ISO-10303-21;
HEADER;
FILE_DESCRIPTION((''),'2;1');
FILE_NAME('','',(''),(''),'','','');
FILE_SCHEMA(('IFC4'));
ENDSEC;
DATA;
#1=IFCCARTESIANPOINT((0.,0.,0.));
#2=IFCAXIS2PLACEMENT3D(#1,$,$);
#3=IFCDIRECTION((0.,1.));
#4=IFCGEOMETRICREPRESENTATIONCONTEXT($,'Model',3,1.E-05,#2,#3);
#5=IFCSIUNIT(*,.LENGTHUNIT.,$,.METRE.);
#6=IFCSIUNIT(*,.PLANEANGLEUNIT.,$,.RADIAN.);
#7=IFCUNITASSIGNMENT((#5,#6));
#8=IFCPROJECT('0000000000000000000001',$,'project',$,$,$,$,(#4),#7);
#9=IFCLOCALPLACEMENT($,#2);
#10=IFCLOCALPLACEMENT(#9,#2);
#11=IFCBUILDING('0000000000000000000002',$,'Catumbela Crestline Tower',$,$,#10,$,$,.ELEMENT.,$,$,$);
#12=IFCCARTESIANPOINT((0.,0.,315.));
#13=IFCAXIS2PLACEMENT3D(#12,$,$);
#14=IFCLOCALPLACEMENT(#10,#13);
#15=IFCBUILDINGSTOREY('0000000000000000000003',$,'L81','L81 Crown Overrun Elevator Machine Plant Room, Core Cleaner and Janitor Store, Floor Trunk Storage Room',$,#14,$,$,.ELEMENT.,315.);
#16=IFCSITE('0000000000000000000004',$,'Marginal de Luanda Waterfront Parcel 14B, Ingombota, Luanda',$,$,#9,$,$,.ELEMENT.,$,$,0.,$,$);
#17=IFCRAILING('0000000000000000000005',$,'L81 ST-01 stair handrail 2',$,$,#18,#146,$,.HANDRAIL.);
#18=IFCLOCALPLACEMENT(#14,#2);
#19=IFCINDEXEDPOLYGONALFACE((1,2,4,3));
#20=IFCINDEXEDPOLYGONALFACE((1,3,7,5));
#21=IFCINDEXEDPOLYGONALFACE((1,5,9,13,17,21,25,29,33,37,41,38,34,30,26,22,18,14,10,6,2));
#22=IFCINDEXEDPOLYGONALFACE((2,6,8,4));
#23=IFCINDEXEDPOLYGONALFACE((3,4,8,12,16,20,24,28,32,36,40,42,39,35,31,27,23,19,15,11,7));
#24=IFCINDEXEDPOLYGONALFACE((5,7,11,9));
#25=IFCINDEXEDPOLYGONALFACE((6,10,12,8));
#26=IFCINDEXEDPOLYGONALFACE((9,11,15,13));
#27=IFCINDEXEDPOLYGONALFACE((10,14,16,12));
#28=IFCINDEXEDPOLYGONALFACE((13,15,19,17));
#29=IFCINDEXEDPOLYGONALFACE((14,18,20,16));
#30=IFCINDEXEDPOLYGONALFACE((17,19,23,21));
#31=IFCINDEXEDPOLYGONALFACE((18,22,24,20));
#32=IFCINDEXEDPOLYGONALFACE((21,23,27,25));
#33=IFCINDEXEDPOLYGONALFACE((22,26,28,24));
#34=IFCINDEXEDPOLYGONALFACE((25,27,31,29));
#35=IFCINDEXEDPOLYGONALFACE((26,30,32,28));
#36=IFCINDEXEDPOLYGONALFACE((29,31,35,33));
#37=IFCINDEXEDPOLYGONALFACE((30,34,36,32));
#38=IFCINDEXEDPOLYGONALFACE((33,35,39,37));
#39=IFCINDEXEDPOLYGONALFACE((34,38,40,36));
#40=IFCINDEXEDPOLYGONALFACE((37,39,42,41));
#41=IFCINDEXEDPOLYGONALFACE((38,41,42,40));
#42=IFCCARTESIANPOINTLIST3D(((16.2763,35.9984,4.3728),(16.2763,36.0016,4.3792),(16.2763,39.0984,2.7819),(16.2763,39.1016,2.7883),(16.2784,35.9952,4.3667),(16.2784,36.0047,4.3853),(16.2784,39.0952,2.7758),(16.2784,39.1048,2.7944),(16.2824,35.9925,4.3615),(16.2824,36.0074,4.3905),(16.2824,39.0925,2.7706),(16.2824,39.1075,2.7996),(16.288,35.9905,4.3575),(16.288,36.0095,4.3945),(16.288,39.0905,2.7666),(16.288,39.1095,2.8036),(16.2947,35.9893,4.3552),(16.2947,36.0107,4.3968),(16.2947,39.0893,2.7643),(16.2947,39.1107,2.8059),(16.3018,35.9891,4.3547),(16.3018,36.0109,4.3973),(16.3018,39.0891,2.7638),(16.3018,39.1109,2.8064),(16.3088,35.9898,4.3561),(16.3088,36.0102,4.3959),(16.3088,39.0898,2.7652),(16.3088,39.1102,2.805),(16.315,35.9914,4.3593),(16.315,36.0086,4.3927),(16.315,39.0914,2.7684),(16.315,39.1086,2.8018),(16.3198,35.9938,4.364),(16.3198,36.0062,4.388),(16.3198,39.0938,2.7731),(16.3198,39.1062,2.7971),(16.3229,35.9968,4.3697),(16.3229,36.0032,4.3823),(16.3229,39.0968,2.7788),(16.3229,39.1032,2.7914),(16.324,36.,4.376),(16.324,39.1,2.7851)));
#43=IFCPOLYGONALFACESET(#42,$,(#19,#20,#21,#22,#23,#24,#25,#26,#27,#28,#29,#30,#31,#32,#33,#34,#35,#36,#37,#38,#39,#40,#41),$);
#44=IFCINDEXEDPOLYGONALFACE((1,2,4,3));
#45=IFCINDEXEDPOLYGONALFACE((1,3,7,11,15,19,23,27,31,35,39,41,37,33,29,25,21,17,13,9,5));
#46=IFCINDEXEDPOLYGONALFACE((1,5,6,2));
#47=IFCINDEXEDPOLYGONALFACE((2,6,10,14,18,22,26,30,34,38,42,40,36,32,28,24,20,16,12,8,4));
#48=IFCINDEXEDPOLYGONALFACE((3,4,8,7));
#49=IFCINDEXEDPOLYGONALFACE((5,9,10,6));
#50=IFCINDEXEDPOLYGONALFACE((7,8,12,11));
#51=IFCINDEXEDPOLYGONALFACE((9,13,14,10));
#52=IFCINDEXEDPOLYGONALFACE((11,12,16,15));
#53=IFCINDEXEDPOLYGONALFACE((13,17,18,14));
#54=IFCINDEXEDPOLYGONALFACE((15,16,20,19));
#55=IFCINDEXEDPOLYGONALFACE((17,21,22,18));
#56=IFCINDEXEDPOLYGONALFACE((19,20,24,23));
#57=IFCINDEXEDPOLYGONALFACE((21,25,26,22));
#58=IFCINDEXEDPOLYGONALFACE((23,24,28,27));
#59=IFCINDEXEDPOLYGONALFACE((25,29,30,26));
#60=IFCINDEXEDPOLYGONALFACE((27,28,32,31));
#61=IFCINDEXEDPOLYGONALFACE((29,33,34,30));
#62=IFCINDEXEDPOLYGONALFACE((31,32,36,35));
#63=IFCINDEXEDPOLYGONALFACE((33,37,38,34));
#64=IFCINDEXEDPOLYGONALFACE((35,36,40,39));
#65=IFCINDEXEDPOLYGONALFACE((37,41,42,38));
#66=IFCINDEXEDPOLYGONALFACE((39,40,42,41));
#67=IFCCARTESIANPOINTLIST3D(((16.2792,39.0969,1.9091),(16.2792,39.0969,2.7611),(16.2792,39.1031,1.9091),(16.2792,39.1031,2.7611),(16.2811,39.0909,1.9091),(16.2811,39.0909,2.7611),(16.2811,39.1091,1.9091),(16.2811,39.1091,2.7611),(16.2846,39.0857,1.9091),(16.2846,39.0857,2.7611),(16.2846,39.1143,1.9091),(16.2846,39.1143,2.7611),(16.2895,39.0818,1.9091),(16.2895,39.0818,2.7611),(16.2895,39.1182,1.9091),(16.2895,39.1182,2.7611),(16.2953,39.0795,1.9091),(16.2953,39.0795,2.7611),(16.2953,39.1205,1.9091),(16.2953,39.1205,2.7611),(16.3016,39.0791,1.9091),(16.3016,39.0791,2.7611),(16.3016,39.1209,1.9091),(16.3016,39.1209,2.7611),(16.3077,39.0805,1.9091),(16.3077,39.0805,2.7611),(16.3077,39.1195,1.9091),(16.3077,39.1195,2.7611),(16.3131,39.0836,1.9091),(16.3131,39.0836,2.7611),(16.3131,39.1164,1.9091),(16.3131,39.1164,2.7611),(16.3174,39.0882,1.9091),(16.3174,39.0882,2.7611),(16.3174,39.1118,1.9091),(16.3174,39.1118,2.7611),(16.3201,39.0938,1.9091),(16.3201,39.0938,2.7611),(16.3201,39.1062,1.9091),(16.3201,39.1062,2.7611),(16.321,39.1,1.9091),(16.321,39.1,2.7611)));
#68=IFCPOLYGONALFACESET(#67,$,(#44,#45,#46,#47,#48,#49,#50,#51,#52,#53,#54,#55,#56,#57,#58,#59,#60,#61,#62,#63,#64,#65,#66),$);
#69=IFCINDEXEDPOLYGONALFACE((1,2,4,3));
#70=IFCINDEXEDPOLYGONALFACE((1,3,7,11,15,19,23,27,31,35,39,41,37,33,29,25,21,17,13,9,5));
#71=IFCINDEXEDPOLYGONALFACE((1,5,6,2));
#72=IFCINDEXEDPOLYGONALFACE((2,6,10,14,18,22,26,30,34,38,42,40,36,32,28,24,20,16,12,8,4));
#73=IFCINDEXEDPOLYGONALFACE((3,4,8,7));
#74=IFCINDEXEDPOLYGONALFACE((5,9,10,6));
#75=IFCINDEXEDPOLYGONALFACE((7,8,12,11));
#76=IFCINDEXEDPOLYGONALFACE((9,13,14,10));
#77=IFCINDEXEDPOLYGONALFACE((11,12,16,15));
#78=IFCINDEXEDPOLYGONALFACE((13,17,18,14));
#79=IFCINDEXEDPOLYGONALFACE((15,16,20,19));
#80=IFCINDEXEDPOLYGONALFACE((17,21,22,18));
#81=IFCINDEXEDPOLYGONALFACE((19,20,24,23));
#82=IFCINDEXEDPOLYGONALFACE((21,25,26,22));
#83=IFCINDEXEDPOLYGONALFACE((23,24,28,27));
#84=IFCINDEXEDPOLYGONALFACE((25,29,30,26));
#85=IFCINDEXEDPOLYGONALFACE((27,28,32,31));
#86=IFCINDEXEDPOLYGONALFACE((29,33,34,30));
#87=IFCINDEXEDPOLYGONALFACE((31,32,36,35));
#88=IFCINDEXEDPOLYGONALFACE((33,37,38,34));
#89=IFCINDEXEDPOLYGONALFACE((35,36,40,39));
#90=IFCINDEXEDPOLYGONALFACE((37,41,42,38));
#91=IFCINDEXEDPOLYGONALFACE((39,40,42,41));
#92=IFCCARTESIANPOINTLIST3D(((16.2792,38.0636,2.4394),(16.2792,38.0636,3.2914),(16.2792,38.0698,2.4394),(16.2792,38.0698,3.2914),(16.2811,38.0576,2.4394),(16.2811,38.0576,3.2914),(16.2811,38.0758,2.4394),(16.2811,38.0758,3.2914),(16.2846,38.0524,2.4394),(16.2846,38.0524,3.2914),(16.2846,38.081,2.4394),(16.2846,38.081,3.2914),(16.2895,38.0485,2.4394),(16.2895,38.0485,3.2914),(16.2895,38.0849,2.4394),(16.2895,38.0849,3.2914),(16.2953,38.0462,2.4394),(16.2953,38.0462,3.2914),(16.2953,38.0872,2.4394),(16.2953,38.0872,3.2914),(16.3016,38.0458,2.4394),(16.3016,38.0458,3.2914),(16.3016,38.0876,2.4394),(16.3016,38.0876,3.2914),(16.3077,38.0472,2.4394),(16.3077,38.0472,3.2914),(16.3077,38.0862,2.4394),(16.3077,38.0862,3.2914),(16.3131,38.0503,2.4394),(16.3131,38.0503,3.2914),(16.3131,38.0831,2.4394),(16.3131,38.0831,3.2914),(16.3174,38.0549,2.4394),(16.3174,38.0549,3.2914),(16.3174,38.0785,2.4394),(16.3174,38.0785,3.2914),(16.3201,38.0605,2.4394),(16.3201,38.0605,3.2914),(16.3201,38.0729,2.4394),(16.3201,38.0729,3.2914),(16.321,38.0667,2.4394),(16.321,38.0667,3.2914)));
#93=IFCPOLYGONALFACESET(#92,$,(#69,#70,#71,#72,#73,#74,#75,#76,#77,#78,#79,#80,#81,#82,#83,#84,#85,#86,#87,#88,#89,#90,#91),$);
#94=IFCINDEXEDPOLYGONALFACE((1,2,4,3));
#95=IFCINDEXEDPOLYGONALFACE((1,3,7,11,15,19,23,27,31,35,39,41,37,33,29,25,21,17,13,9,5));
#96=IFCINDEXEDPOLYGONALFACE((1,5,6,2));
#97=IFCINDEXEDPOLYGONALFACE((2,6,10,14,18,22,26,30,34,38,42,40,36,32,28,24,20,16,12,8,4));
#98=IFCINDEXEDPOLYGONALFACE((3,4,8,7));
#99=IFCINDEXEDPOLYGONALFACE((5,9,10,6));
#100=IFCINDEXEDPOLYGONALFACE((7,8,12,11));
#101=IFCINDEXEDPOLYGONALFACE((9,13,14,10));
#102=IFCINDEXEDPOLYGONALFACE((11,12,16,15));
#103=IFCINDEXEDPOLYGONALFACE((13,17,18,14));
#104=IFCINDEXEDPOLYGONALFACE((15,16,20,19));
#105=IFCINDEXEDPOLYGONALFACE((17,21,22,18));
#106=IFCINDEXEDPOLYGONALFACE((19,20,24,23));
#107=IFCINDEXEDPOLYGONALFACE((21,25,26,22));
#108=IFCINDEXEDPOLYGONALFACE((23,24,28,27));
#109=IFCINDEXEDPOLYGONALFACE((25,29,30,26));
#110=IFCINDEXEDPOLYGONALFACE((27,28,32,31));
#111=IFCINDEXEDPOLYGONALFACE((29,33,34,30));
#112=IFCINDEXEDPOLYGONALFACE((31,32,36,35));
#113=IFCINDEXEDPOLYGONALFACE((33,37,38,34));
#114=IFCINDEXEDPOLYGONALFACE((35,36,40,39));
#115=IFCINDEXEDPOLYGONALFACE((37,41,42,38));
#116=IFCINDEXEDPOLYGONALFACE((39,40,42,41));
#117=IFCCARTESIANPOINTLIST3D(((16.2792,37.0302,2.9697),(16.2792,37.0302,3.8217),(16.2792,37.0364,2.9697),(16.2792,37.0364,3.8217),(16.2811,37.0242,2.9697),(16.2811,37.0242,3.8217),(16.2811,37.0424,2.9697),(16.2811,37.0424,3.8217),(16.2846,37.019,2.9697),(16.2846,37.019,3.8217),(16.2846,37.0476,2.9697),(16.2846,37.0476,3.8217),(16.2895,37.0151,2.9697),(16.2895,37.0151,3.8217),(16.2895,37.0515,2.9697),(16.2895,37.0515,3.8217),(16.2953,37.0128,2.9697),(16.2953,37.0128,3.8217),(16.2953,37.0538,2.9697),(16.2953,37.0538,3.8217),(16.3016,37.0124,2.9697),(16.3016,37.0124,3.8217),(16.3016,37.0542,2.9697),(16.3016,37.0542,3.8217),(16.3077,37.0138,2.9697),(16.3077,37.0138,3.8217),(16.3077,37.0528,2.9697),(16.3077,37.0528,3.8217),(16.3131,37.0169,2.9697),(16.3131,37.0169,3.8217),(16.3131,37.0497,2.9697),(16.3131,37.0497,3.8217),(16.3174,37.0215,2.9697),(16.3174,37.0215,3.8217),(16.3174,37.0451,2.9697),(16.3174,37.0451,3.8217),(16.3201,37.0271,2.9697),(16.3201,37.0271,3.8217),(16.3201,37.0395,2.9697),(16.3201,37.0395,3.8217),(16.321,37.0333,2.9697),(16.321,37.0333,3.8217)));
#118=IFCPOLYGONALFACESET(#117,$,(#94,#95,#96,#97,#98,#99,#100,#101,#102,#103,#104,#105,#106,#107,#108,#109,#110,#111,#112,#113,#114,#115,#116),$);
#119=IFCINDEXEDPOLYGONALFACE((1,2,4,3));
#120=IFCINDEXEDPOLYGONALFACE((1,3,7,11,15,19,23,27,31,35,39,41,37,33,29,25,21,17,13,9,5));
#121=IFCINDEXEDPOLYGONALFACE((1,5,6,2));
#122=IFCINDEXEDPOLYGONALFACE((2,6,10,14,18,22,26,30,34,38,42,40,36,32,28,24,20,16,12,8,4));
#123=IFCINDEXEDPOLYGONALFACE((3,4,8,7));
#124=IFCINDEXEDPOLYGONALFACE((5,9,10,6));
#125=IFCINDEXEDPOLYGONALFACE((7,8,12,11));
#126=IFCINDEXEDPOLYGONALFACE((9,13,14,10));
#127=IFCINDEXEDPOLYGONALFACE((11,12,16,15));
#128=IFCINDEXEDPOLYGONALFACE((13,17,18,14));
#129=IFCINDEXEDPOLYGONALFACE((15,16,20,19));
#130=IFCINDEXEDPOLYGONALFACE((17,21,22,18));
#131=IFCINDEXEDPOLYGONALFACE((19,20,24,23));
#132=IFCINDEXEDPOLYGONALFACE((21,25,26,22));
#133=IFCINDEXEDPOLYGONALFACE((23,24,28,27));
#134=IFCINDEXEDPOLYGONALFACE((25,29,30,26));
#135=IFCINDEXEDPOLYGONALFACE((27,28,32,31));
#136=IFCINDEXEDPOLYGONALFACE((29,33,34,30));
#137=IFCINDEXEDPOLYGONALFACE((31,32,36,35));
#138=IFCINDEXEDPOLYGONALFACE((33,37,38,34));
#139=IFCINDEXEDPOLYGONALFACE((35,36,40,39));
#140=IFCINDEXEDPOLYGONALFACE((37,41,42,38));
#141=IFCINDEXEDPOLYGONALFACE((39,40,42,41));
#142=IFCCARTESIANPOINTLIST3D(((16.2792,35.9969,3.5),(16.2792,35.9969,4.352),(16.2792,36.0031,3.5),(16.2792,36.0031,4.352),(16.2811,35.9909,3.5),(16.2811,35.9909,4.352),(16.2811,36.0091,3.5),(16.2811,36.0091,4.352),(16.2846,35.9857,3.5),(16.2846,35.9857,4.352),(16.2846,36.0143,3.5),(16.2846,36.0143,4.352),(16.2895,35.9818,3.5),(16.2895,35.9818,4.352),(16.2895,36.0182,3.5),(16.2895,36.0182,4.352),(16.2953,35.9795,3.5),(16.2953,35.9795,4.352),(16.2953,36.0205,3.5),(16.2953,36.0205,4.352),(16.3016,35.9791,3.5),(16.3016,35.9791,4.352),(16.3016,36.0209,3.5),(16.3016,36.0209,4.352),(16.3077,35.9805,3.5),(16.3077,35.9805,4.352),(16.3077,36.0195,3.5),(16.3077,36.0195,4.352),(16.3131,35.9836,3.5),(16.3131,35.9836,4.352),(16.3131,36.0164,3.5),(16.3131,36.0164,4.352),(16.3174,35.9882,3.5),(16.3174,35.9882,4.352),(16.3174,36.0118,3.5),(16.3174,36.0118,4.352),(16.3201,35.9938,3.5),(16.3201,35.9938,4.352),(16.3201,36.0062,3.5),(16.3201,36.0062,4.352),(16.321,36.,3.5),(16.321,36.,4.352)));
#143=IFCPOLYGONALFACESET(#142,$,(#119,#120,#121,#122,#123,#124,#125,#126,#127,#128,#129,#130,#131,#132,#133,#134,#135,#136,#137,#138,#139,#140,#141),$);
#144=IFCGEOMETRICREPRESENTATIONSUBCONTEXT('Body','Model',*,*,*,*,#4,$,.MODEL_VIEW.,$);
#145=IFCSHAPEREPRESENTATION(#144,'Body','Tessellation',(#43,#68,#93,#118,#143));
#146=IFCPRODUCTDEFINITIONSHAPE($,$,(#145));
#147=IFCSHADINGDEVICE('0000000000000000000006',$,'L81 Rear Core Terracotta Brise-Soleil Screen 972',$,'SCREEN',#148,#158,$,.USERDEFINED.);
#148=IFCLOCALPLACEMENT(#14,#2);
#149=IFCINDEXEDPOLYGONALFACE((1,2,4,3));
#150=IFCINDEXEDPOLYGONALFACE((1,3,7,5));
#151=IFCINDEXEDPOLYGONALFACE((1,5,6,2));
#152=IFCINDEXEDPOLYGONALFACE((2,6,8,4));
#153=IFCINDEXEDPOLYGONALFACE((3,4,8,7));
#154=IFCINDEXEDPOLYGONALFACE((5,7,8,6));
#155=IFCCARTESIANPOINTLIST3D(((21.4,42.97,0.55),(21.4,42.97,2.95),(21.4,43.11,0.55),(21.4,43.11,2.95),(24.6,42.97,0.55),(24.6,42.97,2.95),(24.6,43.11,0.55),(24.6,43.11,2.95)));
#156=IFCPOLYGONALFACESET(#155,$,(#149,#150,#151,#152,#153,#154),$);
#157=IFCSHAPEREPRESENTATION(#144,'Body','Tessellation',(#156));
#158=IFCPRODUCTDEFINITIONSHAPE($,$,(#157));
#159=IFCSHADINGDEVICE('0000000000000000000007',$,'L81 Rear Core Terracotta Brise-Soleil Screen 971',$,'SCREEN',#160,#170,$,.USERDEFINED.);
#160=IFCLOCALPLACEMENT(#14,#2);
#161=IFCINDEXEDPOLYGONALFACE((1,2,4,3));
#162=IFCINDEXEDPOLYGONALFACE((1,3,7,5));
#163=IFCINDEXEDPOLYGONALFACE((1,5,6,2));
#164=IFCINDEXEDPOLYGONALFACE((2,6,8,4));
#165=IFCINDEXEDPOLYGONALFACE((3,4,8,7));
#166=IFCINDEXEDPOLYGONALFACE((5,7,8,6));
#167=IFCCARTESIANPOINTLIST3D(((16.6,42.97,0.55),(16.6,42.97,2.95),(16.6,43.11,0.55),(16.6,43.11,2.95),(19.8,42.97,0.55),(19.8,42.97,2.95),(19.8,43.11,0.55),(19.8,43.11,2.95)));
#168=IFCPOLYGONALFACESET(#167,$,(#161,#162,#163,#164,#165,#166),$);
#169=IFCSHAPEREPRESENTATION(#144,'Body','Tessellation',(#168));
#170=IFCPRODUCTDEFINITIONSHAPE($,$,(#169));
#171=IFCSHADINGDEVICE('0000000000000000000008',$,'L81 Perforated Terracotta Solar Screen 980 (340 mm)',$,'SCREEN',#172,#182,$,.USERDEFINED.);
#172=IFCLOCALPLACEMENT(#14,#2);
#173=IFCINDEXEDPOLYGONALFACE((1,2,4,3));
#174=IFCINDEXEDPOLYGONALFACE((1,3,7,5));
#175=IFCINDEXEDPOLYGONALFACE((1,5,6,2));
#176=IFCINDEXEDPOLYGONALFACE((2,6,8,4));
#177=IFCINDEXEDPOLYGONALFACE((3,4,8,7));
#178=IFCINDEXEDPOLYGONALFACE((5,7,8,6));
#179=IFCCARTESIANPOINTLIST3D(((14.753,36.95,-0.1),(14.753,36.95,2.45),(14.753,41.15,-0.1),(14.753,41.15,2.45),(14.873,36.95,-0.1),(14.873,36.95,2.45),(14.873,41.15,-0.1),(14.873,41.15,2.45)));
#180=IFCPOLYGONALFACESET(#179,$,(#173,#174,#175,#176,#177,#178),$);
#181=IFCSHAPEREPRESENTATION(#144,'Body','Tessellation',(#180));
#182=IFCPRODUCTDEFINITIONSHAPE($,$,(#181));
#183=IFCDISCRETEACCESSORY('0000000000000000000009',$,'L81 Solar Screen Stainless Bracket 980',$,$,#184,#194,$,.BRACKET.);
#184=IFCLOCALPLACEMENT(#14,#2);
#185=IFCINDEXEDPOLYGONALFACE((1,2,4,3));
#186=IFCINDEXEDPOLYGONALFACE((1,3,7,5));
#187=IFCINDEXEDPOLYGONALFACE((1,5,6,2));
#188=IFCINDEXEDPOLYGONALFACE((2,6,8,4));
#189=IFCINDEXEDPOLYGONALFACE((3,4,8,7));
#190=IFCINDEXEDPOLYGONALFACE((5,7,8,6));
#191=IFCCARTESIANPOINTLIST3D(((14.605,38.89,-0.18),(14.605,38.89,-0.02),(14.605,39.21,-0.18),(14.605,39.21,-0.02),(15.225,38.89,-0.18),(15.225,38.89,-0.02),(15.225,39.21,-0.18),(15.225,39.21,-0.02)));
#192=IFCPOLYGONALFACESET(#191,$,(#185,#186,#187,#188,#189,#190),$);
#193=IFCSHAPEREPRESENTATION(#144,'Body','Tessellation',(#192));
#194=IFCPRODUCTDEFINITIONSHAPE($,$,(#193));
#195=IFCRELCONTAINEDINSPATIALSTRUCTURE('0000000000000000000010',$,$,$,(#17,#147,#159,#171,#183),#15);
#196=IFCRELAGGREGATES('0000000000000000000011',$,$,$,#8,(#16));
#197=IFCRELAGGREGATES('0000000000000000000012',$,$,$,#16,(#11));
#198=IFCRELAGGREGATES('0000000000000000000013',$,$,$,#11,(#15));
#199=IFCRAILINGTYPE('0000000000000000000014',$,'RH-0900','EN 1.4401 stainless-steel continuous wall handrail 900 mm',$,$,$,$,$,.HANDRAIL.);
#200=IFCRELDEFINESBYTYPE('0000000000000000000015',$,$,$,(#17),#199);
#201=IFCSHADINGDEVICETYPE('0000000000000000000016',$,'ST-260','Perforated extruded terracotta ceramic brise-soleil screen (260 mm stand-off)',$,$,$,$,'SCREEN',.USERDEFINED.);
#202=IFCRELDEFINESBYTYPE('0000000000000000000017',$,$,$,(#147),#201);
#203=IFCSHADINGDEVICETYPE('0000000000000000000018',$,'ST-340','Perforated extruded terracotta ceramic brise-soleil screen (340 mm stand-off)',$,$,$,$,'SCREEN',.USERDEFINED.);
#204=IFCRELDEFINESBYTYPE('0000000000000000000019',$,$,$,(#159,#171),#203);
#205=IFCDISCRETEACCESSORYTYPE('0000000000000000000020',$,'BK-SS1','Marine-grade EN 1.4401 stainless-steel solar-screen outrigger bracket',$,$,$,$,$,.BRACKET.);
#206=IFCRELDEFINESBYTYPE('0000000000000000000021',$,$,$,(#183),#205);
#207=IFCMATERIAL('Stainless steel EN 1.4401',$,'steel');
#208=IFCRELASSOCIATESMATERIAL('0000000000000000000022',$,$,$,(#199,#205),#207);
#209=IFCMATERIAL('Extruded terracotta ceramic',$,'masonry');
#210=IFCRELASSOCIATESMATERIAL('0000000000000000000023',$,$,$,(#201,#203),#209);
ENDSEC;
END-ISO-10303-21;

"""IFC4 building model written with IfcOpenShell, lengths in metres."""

from ifc_helpers import new_model, si_unit, direction, frame, origin, origin_2d, place, context, subcontext, project, spatial, rectangle, circle, extrude, material, type_object, element, save


model = new_model("IFC4")

# Units and contexts
model_context = context("Model", 3, precision=1e-05, world=origin(), true_north=direction((0.0, 1.0)))
body_context = subcontext(model_context, "Body", "Model", "MODEL_VIEW")
ifc_project = project(units=[si_unit("LENGTHUNIT", "METRE"), si_unit("PLANEANGLEUNIT", "RADIAN")], contexts=[model_context])

# Site, building, storey
site_placement = place(None, origin())
site = spatial("IfcSite", under=ifc_project, at=site_placement, Name="Marginal de Luanda Waterfront Parcel 14B, Ingombota, Luanda", CompositionType="ELEMENT", RefElevation=0.0)
building_placement = place(site_placement, origin())
building = spatial("IfcBuilding", under=site, at=building_placement, Name="Catumbela Crestline Tower", CompositionType="ELEMENT")
storey_placement = place(building_placement, frame((0.0, 0.0, 315.0)))
storey = spatial("IfcBuildingStorey", under=building, at=storey_placement, Name="L81", Description="L81 Crown Overrun Elevator Machine Plant Room, Core Cleaner and Janitor Store, Floor Trunk Storage Room", CompositionType="ELEMENT", Elevation=315.0)

# Railing
ifc_material_1 = material(Name="Stainless steel EN 1.4401", Category="steel")
railing_type_1 = type_object("IfcRailingType", Name="RH-0900", Description="EN 1.4401 stainless-steel continuous wall handrail 900 mm", PredefinedType="HANDRAIL", material=ifc_material_1)
railing_1_placement = place(storey_placement, frame((16.3, 39.1, 1.9091)))
element("IfcRailing", 1, at=railing_1_placement, inside=storey, type_object=railing_type_1, Name="L81 ST-01 stair handrail 2", PredefinedType="HANDRAIL", context=body_context, shape_type="SweptSolid", body=[
    extrude(circle(Radius=0.024, at=origin_2d()), frame((0.0, 0.0, 0.876), z_axis=(0.0, -0.889683, 0.456579), x_axis=(1.0, 0.0, 0.0)), (0.0, 0.0, 1.0), 3.4844),
    extrude(circle(Radius=0.021, at=origin_2d()), origin(), (0.0, 0.0, 1.0), 0.852),
    extrude(circle(Radius=0.021, at=origin_2d()), frame((0.0, -1.0333, 0.5303)), (0.0, 0.0, 1.0), 0.852),
    extrude(circle(Radius=0.021, at=origin_2d()), frame((0.0, -2.0667, 1.0606)), (0.0, 0.0, 1.0), 0.852),
    extrude(circle(Radius=0.021, at=origin_2d()), frame((0.0, -3.1, 1.5909)), (0.0, 0.0, 1.0), 0.852),
])

# Shading devices
ifc_material_2 = material(Name="Extruded terracotta ceramic", Category="masonry")
shading_device_type_1 = type_object("IfcShadingDeviceType", Name="ST-260", Description="Perforated extruded terracotta ceramic brise-soleil screen (260 mm stand-off)", ElementType="SCREEN", PredefinedType="USERDEFINED", material=ifc_material_2)
shading_device_1_placement = place(storey_placement, frame((23.0, 43.04, 0.55), z_axis=(0.0, 0.0, 1.0), x_axis=(1.0, 0.0, 0.0)))
element("IfcShadingDevice", 2, at=shading_device_1_placement, inside=storey, type_object=shading_device_type_1, Name="L81 Rear Core Terracotta Brise-Soleil Screen 972", ObjectType="SCREEN", PredefinedType="USERDEFINED", context=body_context, shape_type="SweptSolid", body=[
    extrude(rectangle(XDim=3.2, YDim=0.14, at=origin_2d()), origin(), (0.0, 0.0, 1.0), 2.4),
])
shading_device_type_2 = type_object("IfcShadingDeviceType", Name="ST-340", Description="Perforated extruded terracotta ceramic brise-soleil screen (340 mm stand-off)", ElementType="SCREEN", PredefinedType="USERDEFINED", material=ifc_material_2)
shading_device_2_placement = place(storey_placement, frame((18.2, 43.04, 0.55), z_axis=(0.0, 0.0, 1.0), x_axis=(1.0, 0.0, 0.0)))
element("IfcShadingDevice", 3, at=shading_device_2_placement, inside=storey, type_object=shading_device_type_2, Name="L81 Rear Core Terracotta Brise-Soleil Screen 971", ObjectType="SCREEN", PredefinedType="USERDEFINED", context=body_context, shape_type="SweptSolid", body=[
    extrude(rectangle(XDim=3.2, YDim=0.14, at=origin_2d()), origin(), (0.0, 0.0, 1.0), 2.4),
])
shading_device_3_placement = place(storey_placement, frame((14.813, 39.05, -0.1), z_axis=(0.0, 0.0, 1.0), x_axis=(0.0, -1.0, 0.0)))
element("IfcShadingDevice", 4, at=shading_device_3_placement, inside=storey, type_object=shading_device_type_2, Name="L81 Perforated Terracotta Solar Screen 980 (340 mm)", ObjectType="SCREEN", PredefinedType="USERDEFINED", context=body_context, shape_type="SweptSolid", body=[
    extrude(rectangle(XDim=4.2, YDim=0.12, at=origin_2d()), origin(), (0.0, 0.0, 1.0), 2.55),
])

# Discrete accessory
discrete_accessory_type = type_object("IfcDiscreteAccessoryType", Name="BK-SS1", Description="Marine-grade EN 1.4401 stainless-steel solar-screen outrigger bracket", PredefinedType="BRACKET", material=ifc_material_1)
discrete_accessory_placement = place(storey_placement, frame((14.915, 39.05, -0.18), z_axis=(0.0, 0.0, 1.0), x_axis=(0.0, -1.0, 0.0)))
element("IfcDiscreteAccessory", 5, at=discrete_accessory_placement, inside=storey, type_object=discrete_accessory_type, Name="L81 Solar Screen Stainless Bracket 980", PredefinedType="BRACKET", context=body_context, shape_type="SweptSolid", body=[
    extrude(rectangle(XDim=0.32, YDim=0.62, at=origin_2d()), origin(), (0.0, 0.0, 1.0), 0.16),
])

save(model, "model.ifc")
